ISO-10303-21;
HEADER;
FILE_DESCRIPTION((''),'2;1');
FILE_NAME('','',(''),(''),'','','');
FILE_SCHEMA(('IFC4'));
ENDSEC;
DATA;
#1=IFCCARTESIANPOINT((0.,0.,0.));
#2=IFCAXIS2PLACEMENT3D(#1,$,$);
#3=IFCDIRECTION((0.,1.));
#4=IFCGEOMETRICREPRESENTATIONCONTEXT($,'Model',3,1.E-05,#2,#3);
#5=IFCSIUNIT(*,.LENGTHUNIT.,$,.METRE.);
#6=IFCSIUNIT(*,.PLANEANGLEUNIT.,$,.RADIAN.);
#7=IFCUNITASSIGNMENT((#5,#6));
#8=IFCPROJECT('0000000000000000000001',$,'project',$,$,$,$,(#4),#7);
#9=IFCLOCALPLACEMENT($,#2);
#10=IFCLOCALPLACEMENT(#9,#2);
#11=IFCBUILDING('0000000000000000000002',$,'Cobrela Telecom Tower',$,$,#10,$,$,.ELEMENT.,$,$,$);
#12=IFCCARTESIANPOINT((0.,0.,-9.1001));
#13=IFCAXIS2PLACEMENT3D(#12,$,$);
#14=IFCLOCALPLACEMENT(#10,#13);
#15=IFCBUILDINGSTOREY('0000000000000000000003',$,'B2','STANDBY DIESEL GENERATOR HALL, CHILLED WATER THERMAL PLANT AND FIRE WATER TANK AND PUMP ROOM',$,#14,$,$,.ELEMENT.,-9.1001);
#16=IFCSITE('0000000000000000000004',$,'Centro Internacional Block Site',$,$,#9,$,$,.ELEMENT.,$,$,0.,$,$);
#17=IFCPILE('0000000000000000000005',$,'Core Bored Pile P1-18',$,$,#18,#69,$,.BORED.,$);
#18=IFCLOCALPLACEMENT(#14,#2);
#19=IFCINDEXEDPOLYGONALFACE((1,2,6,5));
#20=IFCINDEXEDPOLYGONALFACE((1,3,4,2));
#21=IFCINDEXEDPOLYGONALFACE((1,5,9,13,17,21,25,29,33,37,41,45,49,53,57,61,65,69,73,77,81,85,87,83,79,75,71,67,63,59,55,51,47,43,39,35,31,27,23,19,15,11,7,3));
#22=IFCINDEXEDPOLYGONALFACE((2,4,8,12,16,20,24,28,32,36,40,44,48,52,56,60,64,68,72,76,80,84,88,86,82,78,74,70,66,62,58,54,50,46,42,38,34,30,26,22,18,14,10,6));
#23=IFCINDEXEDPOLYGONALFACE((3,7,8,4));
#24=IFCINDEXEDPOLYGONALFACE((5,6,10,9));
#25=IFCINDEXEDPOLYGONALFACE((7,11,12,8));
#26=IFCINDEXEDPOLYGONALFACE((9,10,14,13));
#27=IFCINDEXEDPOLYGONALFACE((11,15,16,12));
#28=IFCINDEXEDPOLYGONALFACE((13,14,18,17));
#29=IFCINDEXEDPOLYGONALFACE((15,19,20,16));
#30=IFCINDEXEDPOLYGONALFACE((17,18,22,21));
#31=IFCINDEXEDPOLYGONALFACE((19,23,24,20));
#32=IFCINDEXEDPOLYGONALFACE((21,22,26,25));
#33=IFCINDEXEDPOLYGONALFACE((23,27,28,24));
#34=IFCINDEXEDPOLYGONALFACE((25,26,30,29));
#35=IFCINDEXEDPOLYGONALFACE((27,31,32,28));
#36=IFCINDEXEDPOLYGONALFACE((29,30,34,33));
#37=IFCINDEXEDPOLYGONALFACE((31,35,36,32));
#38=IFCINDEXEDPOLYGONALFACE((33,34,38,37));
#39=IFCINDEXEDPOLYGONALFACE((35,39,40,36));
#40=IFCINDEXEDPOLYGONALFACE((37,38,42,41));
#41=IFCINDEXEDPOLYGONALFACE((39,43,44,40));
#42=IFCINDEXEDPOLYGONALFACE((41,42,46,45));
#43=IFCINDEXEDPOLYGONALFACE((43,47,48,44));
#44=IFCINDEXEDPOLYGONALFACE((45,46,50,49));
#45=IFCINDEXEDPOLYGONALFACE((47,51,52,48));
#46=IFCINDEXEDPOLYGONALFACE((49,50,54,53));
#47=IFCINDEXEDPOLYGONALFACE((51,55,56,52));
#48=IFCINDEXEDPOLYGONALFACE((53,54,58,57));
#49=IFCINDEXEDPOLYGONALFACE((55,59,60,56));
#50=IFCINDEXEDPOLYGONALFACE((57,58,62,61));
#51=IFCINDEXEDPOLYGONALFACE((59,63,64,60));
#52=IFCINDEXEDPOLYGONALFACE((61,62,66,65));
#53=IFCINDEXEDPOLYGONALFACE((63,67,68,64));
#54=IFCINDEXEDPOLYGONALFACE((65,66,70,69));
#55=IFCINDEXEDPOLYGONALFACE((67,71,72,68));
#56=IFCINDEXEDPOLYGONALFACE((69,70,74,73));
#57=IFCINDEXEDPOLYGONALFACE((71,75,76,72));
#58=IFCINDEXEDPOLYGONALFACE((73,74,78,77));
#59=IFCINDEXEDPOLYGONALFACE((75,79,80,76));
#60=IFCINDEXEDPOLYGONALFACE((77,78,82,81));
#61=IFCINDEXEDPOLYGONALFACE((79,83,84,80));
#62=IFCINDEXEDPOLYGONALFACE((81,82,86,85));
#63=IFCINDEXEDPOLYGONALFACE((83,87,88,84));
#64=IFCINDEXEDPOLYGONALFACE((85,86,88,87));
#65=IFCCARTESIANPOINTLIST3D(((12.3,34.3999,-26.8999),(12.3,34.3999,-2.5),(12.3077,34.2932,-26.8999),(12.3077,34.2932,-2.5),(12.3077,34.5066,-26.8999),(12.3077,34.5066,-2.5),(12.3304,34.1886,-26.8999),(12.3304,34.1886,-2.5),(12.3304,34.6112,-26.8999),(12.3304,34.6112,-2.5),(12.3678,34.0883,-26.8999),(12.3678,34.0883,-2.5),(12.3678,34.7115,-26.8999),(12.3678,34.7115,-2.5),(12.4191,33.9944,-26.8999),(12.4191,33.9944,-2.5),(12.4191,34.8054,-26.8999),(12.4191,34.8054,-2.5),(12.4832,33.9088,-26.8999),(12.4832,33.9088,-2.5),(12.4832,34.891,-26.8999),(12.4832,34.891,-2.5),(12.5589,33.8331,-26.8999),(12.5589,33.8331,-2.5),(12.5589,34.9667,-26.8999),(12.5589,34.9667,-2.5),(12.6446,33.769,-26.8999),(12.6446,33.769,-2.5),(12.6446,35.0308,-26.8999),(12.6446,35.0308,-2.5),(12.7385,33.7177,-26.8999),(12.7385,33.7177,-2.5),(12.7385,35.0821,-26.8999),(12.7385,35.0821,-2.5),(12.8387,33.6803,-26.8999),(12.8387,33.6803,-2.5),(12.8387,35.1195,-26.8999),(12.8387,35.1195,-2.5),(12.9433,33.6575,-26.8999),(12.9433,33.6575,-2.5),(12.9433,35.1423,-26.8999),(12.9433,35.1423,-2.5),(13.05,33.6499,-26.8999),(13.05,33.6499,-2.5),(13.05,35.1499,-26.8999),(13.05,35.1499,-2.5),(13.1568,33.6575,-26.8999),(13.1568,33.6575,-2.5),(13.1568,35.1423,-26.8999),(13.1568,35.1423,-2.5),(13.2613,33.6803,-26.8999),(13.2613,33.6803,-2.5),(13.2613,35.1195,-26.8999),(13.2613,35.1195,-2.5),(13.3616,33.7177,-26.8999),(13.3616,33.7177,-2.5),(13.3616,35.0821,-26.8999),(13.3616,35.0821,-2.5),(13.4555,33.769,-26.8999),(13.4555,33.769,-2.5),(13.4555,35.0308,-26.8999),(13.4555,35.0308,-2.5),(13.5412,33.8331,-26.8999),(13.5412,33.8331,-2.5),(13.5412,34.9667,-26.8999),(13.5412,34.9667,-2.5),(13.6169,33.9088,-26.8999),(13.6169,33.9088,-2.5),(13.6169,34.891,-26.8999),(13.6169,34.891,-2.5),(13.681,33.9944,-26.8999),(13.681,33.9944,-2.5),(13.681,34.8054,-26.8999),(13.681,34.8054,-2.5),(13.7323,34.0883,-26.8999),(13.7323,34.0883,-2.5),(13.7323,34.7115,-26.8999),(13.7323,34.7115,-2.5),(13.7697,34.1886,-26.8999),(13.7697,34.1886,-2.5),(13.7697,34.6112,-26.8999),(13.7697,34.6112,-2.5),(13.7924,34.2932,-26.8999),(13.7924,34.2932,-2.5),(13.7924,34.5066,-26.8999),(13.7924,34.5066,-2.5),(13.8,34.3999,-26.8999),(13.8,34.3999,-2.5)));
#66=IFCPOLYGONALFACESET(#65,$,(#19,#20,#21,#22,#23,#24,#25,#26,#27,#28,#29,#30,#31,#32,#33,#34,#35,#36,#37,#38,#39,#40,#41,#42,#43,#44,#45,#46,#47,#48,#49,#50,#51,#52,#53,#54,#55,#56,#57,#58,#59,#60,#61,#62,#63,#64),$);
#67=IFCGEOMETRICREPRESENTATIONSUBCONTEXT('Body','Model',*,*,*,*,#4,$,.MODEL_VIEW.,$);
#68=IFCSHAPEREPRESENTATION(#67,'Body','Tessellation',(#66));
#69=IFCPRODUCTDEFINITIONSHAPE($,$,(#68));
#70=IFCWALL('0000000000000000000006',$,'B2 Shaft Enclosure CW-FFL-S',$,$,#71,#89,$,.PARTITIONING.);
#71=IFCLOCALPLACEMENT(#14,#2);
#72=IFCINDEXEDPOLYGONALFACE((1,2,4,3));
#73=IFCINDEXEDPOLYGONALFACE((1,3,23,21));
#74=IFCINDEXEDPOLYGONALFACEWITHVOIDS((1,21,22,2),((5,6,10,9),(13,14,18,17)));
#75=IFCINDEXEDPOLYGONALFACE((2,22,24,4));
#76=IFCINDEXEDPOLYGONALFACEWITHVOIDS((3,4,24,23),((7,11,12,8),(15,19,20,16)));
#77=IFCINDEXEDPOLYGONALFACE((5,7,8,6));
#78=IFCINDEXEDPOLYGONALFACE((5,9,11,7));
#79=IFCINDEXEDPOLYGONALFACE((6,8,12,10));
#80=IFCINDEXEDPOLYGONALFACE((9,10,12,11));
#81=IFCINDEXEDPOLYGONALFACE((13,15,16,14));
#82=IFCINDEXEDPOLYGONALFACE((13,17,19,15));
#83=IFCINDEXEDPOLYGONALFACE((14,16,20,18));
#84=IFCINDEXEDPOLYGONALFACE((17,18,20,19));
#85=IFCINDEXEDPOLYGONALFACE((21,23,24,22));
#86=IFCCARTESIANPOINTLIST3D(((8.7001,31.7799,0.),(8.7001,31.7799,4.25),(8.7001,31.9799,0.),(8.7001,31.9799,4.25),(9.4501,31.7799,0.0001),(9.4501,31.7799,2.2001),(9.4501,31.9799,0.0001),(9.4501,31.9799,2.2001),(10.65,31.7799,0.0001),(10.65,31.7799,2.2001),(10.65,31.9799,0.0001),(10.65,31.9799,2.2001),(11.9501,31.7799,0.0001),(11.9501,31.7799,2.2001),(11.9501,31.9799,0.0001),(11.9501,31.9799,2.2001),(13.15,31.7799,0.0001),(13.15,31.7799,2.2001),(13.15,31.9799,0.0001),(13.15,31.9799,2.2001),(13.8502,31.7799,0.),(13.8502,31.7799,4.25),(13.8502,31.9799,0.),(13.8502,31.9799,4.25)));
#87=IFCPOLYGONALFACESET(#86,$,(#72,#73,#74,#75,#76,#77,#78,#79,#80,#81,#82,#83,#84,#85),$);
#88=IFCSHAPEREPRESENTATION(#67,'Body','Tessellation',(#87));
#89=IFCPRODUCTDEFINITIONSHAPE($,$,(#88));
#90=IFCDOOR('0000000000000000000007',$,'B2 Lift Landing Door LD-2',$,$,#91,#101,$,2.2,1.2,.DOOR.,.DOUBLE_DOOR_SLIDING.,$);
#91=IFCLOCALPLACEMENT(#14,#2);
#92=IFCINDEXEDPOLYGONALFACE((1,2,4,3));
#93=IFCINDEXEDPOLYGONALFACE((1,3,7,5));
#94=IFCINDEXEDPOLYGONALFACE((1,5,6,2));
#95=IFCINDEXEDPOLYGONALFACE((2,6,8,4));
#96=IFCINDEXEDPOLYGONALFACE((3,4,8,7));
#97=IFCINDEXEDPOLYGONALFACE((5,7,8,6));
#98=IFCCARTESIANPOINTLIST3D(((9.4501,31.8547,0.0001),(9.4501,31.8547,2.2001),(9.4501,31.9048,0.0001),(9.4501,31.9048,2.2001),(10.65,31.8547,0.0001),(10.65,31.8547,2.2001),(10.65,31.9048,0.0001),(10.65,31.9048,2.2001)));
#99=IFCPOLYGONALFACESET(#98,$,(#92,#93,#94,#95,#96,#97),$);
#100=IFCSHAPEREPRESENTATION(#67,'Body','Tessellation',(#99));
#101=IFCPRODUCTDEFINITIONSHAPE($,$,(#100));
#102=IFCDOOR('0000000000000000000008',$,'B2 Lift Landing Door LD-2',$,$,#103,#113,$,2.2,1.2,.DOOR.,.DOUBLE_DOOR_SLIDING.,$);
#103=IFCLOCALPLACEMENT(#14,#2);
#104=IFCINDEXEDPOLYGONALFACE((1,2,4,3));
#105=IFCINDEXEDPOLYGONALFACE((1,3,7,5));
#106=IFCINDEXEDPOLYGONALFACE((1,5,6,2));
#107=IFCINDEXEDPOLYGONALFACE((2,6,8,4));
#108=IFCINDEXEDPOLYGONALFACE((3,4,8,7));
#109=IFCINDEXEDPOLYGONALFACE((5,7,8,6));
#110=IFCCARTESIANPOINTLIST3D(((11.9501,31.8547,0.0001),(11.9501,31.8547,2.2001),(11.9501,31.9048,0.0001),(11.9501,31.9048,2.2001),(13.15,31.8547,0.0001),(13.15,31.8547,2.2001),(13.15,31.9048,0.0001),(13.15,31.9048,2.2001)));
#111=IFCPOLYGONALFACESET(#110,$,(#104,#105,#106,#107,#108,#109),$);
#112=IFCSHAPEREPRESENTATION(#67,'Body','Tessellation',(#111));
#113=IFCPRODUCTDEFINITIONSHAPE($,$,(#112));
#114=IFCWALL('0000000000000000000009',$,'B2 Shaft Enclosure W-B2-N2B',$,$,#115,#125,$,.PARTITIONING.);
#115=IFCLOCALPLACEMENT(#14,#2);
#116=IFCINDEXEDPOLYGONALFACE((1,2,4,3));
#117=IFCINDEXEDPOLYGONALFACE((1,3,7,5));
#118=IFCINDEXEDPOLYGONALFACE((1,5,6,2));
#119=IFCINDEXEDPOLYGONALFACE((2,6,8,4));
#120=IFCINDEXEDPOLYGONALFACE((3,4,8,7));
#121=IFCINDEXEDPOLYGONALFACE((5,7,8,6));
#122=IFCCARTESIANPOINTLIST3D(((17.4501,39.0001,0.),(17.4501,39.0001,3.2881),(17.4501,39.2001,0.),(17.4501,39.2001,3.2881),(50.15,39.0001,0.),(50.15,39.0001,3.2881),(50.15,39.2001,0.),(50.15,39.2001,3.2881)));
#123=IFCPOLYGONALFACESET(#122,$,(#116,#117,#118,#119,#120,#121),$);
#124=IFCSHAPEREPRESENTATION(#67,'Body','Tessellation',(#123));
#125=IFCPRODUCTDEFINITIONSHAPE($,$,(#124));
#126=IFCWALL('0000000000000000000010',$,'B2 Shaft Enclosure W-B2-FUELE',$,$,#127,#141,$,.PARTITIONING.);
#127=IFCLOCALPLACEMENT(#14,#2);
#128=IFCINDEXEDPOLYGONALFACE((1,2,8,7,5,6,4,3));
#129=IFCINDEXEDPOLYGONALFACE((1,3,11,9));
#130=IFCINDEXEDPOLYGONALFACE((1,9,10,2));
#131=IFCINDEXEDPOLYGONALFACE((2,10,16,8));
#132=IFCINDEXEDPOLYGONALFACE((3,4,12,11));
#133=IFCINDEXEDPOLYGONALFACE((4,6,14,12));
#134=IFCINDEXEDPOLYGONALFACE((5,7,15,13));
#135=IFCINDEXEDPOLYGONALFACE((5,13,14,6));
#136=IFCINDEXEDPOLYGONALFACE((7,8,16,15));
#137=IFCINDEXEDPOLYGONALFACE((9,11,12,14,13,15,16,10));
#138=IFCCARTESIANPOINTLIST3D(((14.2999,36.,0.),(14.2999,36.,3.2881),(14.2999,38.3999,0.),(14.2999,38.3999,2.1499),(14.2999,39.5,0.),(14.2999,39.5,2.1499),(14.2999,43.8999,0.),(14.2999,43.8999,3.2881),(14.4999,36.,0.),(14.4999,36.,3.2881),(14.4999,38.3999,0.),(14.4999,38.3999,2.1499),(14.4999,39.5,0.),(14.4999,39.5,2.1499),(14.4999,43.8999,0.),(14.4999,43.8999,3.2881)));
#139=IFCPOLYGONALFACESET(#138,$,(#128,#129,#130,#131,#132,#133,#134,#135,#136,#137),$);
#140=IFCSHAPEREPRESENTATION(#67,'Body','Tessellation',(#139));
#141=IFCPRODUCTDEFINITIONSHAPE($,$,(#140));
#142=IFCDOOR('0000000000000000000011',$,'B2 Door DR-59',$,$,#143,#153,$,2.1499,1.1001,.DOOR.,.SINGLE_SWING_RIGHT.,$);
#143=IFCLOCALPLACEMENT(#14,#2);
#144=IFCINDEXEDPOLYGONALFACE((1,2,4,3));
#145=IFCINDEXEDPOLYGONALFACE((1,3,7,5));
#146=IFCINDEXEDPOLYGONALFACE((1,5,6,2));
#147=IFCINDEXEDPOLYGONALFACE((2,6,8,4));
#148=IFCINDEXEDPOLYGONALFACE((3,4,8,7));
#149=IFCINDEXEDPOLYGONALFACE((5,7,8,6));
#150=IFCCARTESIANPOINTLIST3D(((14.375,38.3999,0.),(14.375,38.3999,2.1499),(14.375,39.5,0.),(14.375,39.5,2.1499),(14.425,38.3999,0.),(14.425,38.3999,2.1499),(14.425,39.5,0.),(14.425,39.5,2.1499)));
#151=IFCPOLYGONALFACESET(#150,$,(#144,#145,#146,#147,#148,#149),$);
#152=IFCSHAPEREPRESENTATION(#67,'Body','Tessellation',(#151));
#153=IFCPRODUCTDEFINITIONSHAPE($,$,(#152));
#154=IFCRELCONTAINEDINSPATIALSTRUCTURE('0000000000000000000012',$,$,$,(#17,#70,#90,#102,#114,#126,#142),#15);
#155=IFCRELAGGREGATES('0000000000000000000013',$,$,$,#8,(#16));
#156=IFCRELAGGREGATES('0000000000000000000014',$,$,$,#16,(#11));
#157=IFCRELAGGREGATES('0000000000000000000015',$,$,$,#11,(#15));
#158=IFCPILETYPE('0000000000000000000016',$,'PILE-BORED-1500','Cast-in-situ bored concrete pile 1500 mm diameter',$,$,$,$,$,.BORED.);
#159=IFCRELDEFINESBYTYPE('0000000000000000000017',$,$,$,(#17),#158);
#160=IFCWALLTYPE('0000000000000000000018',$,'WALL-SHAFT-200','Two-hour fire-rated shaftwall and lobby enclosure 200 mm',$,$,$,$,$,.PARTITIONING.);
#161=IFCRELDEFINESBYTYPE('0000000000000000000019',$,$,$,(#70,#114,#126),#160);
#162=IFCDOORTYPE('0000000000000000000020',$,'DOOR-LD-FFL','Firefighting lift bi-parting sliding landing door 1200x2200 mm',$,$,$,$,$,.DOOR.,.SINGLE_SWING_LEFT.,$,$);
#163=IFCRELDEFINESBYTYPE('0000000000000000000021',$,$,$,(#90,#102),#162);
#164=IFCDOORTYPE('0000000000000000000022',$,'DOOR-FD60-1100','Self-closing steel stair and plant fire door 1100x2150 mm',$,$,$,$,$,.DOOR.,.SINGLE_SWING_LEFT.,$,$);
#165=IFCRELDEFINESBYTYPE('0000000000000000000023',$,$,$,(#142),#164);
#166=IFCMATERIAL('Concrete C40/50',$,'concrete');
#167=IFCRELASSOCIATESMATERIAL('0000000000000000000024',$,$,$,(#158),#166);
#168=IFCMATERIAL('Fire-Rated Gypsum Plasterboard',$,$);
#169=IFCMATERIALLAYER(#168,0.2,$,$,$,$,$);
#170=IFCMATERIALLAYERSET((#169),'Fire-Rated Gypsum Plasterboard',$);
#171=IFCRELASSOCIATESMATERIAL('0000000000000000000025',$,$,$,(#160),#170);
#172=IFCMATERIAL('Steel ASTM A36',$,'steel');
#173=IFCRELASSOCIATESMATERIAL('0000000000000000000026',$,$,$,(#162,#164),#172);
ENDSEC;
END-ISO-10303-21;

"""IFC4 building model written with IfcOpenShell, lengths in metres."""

from ifc_helpers import new_model, si_unit, direction, frame, frame_2d, origin, origin_2d, place, context, subcontext, project, spatial, rectangle, circle, extrude, material, layer, layer_set, material_profile, profile_set, type_object, element, fill, save


model = new_model("IFC4")

# Units and contexts
model_context = context("Model", 3, precision=1e-05, world=origin(), true_north=direction((0.0, 1.0)))
body_context = subcontext(model_context, "Body", "Model", "MODEL_VIEW")
ifc_project = project(units=[si_unit("LENGTHUNIT", "METRE"), si_unit("PLANEANGLEUNIT", "RADIAN")], contexts=[model_context])

# Site, building, storey
site_placement = place(None, origin())
site = spatial("IfcSite", under=ifc_project, at=site_placement, Name="Centro Internacional Block Site", CompositionType="ELEMENT", RefElevation=0.0)
building_placement = place(site_placement, origin())
building = spatial("IfcBuilding", under=site, at=building_placement, Name="Cobrela Telecom Tower", CompositionType="ELEMENT")
storey_placement = place(building_placement, frame((0.0, 0.0, -9.1001)))
storey = spatial("IfcBuildingStorey", under=building, at=storey_placement, Name="B2", Description="STANDBY DIESEL GENERATOR HALL, CHILLED WATER THERMAL PLANT AND FIRE WATER TANK AND PUMP ROOM", CompositionType="ELEMENT", Elevation=-9.1001)

# Shared definitions
ifc_material_1 = material(Name="Concrete C40/50", Category="concrete")

# Pile
ifc_material_profile_1 = material_profile(ifc_material_1, circle(Radius=0.75, at=origin_2d()), Name="BORED PILE D1500")
ifc_profile_set_1 = profile_set([ifc_material_profile_1], Name="Concrete C40/50")
pile_type_1 = type_object("IfcPileType", Name="PILE-BORED-1500", Description="Cast-in-situ bored concrete pile 1500 mm diameter", PredefinedType="BORED", material=ifc_profile_set_1)
for number, where, z_axis, x_axis, name in (
    (1, (13.05, 34.3999, -2.5), (0.0, 0.0, -1.0), (1.0, 0.0, 0.0), "Core Bored Pile P1-18"),
):
    element("IfcPile", number, at=place(storey_placement, frame(where, z_axis=z_axis, x_axis=x_axis)), inside=storey, type_object=pile_type_1, Name=name, PredefinedType="BORED", context=body_context, shape_type="SweptSolid", body=[
        extrude(circle(Radius=0.75, at=origin_2d()), origin(), (0.0, 0.0, 1.0), 24.3999),
    ])

# Wall, openings, doors
ifc_material_2 = material(Name="Steel ASTM A36", Category="steel")
ifc_material_3 = material(Name="Fire-Rated Gypsum Plasterboard")
ifc_layer_1 = layer(ifc_material_3, 0.2)
ifc_layer_set_1 = layer_set([ifc_layer_1], Name="Fire-Rated Gypsum Plasterboard")
wall_type_1 = type_object("IfcWallType", Name="WALL-SHAFT-200", Description="Two-hour fire-rated shaftwall and lobby enclosure 200 mm", PredefinedType="PARTITIONING", material=ifc_layer_set_1)
wall_1_placement = place(storey_placement, frame((8.7, 31.8799, 0.0), z_axis=(0.0, 0.0, 1.0), x_axis=(1.0, 0.0, 0.0)))
wall_1 = element("IfcWall", 2, at=wall_1_placement, inside=storey, type_object=wall_type_1, Name="B2 Shaft Enclosure CW-FFL-S", PredefinedType="PARTITIONING", context=body_context, shape_type="SweptSolid", body=[
    extrude(rectangle(XDim=5.1501, YDim=0.2, at=frame_2d((2.5752, 0.0))), origin(), (0.0, 0.0, 1.0), 4.25),
])
opening_1_placement = place(wall_1_placement, frame((0.75, 0.0, 0.0)))
opening_1 = element("IfcOpeningElement", 3, at=opening_1_placement, cuts=wall_1, PredefinedType="OPENING", context=body_context, shape_type="SweptSolid", body=[
    extrude(rectangle(XDim=1.2, YDim=2.2, at=frame_2d((0.6001, 1.1001))), frame((0.0, 0.1118, 0.0), z_axis=(0.0, -1.0, 0.0), x_axis=(1.0, 0.0, 0.0)), (0.0, 0.0, 1.0), 0.2239),
])
opening_2_placement = place(wall_1_placement, frame((3.25, 0.0, 0.0)))
opening_2 = element("IfcOpeningElement", 4, at=opening_2_placement, cuts=wall_1, PredefinedType="OPENING", context=body_context, shape_type="SweptSolid", body=[
    extrude(rectangle(XDim=1.2, YDim=2.2, at=frame_2d((0.6001, 1.1001))), frame((0.0, 0.1118, 0.0), z_axis=(0.0, -1.0, 0.0), x_axis=(1.0, 0.0, 0.0)), (0.0, 0.0, 1.0), 0.2239),
])
door_type_1 = type_object("IfcDoorType", Name="DOOR-LD-FFL", Description="Firefighting lift bi-parting sliding landing door 1200x2200 mm", OperationType="SINGLE_SWING_LEFT", PredefinedType="DOOR", material=ifc_material_2)
door_1_placement = place(opening_1_placement, origin())
door_1 = element("IfcDoor", 5, at=door_1_placement, inside=storey, type_object=door_type_1, Name="B2 Lift Landing Door LD-2", OperationType="DOUBLE_DOOR_SLIDING", OverallHeight=2.2, OverallWidth=1.2, PredefinedType="DOOR", context=body_context, shape_type="SweptSolid", body=[
    extrude(rectangle(XDim=1.2, YDim=2.2, at=frame_2d((0.6001, 1.1001))), frame((0.0, 0.0249, 0.0), z_axis=(0.0, -1.0, 0.0), x_axis=(1.0, 0.0, 0.0)), (0.0, 0.0, 1.0), 0.05),
])
fill(opening_1, door_1)
door_2_placement = place(opening_2_placement, origin())
door_2 = element("IfcDoor", 6, at=door_2_placement, inside=storey, type_object=door_type_1, Name="B2 Lift Landing Door LD-2", OperationType="DOUBLE_DOOR_SLIDING", OverallHeight=2.2, OverallWidth=1.2, PredefinedType="DOOR", context=body_context, shape_type="SweptSolid", body=[
    extrude(rectangle(XDim=1.2, YDim=2.2, at=frame_2d((0.6001, 1.1001))), frame((0.0, 0.0249, 0.0), z_axis=(0.0, -1.0, 0.0), x_axis=(1.0, 0.0, 0.0)), (0.0, 0.0, 1.0), 0.05),
])
fill(opening_2, door_2)

# Wall
wall_2_placement = place(storey_placement, frame((17.45, 39.1001, 0.0), z_axis=(0.0, 0.0, 1.0), x_axis=(1.0, 0.0, 0.0)))
element("IfcWall", 7, at=wall_2_placement, inside=storey, type_object=wall_type_1, Name="B2 Shaft Enclosure W-B2-N2B", PredefinedType="PARTITIONING", context=body_context, shape_type="SweptSolid", body=[
    extrude(rectangle(XDim=32.7, YDim=0.2, at=frame_2d((16.3501, 0.0))), origin(), (0.0, 0.0, 1.0), 3.2881),
])

# Wall, opening, door
wall_3_placement = place(storey_placement, frame((14.3999, 36.0, 0.0), z_axis=(0.0, 0.0, 1.0), x_axis=(0.0, 1.0, 0.0)))
wall_3 = element("IfcWall", 8, at=wall_3_placement, inside=storey, type_object=wall_type_1, Name="B2 Shaft Enclosure W-B2-FUELE", PredefinedType="PARTITIONING", context=body_context, shape_type="SweptSolid", body=[
    extrude(rectangle(XDim=7.8999, YDim=0.2, at=frame_2d((3.95, 0.0))), origin(), (0.0, 0.0, 1.0), 3.2881),
])
opening_3_placement = place(wall_3_placement, frame((2.3999, 0.0, 0.0)))
opening_3 = element("IfcOpeningElement", 9, at=opening_3_placement, cuts=wall_3, PredefinedType="OPENING", context=body_context, shape_type="SweptSolid", body=[
    extrude(rectangle(XDim=1.1001, YDim=2.1499, at=frame_2d((0.55, 1.075))), frame((0.0, 0.1118, 0.0), z_axis=(0.0, -1.0, 0.0), x_axis=(1.0, 0.0, 0.0)), (0.0, 0.0, 1.0), 0.2239),
])
door_type_2 = type_object("IfcDoorType", Name="DOOR-FD60-1100", Description="Self-closing steel stair and plant fire door 1100x2150 mm", OperationType="SINGLE_SWING_LEFT", PredefinedType="DOOR", material=ifc_material_2)
door_3_placement = place(opening_3_placement, origin())
door_3 = element("IfcDoor", 10, at=door_3_placement, inside=storey, type_object=door_type_2, Name="B2 Door DR-59", OperationType="SINGLE_SWING_RIGHT", OverallHeight=2.1499, OverallWidth=1.1001, PredefinedType="DOOR", context=body_context, shape_type="SweptSolid", body=[
    extrude(rectangle(XDim=1.1001, YDim=2.1499, at=frame_2d((0.55, 1.075))), frame((0.0, 0.0249, 0.0), z_axis=(0.0, -1.0, 0.0), x_axis=(1.0, 0.0, 0.0)), (0.0, 0.0, 1.0), 0.05),
])
fill(opening_3, door_3)

save(model, "model.ifc")
